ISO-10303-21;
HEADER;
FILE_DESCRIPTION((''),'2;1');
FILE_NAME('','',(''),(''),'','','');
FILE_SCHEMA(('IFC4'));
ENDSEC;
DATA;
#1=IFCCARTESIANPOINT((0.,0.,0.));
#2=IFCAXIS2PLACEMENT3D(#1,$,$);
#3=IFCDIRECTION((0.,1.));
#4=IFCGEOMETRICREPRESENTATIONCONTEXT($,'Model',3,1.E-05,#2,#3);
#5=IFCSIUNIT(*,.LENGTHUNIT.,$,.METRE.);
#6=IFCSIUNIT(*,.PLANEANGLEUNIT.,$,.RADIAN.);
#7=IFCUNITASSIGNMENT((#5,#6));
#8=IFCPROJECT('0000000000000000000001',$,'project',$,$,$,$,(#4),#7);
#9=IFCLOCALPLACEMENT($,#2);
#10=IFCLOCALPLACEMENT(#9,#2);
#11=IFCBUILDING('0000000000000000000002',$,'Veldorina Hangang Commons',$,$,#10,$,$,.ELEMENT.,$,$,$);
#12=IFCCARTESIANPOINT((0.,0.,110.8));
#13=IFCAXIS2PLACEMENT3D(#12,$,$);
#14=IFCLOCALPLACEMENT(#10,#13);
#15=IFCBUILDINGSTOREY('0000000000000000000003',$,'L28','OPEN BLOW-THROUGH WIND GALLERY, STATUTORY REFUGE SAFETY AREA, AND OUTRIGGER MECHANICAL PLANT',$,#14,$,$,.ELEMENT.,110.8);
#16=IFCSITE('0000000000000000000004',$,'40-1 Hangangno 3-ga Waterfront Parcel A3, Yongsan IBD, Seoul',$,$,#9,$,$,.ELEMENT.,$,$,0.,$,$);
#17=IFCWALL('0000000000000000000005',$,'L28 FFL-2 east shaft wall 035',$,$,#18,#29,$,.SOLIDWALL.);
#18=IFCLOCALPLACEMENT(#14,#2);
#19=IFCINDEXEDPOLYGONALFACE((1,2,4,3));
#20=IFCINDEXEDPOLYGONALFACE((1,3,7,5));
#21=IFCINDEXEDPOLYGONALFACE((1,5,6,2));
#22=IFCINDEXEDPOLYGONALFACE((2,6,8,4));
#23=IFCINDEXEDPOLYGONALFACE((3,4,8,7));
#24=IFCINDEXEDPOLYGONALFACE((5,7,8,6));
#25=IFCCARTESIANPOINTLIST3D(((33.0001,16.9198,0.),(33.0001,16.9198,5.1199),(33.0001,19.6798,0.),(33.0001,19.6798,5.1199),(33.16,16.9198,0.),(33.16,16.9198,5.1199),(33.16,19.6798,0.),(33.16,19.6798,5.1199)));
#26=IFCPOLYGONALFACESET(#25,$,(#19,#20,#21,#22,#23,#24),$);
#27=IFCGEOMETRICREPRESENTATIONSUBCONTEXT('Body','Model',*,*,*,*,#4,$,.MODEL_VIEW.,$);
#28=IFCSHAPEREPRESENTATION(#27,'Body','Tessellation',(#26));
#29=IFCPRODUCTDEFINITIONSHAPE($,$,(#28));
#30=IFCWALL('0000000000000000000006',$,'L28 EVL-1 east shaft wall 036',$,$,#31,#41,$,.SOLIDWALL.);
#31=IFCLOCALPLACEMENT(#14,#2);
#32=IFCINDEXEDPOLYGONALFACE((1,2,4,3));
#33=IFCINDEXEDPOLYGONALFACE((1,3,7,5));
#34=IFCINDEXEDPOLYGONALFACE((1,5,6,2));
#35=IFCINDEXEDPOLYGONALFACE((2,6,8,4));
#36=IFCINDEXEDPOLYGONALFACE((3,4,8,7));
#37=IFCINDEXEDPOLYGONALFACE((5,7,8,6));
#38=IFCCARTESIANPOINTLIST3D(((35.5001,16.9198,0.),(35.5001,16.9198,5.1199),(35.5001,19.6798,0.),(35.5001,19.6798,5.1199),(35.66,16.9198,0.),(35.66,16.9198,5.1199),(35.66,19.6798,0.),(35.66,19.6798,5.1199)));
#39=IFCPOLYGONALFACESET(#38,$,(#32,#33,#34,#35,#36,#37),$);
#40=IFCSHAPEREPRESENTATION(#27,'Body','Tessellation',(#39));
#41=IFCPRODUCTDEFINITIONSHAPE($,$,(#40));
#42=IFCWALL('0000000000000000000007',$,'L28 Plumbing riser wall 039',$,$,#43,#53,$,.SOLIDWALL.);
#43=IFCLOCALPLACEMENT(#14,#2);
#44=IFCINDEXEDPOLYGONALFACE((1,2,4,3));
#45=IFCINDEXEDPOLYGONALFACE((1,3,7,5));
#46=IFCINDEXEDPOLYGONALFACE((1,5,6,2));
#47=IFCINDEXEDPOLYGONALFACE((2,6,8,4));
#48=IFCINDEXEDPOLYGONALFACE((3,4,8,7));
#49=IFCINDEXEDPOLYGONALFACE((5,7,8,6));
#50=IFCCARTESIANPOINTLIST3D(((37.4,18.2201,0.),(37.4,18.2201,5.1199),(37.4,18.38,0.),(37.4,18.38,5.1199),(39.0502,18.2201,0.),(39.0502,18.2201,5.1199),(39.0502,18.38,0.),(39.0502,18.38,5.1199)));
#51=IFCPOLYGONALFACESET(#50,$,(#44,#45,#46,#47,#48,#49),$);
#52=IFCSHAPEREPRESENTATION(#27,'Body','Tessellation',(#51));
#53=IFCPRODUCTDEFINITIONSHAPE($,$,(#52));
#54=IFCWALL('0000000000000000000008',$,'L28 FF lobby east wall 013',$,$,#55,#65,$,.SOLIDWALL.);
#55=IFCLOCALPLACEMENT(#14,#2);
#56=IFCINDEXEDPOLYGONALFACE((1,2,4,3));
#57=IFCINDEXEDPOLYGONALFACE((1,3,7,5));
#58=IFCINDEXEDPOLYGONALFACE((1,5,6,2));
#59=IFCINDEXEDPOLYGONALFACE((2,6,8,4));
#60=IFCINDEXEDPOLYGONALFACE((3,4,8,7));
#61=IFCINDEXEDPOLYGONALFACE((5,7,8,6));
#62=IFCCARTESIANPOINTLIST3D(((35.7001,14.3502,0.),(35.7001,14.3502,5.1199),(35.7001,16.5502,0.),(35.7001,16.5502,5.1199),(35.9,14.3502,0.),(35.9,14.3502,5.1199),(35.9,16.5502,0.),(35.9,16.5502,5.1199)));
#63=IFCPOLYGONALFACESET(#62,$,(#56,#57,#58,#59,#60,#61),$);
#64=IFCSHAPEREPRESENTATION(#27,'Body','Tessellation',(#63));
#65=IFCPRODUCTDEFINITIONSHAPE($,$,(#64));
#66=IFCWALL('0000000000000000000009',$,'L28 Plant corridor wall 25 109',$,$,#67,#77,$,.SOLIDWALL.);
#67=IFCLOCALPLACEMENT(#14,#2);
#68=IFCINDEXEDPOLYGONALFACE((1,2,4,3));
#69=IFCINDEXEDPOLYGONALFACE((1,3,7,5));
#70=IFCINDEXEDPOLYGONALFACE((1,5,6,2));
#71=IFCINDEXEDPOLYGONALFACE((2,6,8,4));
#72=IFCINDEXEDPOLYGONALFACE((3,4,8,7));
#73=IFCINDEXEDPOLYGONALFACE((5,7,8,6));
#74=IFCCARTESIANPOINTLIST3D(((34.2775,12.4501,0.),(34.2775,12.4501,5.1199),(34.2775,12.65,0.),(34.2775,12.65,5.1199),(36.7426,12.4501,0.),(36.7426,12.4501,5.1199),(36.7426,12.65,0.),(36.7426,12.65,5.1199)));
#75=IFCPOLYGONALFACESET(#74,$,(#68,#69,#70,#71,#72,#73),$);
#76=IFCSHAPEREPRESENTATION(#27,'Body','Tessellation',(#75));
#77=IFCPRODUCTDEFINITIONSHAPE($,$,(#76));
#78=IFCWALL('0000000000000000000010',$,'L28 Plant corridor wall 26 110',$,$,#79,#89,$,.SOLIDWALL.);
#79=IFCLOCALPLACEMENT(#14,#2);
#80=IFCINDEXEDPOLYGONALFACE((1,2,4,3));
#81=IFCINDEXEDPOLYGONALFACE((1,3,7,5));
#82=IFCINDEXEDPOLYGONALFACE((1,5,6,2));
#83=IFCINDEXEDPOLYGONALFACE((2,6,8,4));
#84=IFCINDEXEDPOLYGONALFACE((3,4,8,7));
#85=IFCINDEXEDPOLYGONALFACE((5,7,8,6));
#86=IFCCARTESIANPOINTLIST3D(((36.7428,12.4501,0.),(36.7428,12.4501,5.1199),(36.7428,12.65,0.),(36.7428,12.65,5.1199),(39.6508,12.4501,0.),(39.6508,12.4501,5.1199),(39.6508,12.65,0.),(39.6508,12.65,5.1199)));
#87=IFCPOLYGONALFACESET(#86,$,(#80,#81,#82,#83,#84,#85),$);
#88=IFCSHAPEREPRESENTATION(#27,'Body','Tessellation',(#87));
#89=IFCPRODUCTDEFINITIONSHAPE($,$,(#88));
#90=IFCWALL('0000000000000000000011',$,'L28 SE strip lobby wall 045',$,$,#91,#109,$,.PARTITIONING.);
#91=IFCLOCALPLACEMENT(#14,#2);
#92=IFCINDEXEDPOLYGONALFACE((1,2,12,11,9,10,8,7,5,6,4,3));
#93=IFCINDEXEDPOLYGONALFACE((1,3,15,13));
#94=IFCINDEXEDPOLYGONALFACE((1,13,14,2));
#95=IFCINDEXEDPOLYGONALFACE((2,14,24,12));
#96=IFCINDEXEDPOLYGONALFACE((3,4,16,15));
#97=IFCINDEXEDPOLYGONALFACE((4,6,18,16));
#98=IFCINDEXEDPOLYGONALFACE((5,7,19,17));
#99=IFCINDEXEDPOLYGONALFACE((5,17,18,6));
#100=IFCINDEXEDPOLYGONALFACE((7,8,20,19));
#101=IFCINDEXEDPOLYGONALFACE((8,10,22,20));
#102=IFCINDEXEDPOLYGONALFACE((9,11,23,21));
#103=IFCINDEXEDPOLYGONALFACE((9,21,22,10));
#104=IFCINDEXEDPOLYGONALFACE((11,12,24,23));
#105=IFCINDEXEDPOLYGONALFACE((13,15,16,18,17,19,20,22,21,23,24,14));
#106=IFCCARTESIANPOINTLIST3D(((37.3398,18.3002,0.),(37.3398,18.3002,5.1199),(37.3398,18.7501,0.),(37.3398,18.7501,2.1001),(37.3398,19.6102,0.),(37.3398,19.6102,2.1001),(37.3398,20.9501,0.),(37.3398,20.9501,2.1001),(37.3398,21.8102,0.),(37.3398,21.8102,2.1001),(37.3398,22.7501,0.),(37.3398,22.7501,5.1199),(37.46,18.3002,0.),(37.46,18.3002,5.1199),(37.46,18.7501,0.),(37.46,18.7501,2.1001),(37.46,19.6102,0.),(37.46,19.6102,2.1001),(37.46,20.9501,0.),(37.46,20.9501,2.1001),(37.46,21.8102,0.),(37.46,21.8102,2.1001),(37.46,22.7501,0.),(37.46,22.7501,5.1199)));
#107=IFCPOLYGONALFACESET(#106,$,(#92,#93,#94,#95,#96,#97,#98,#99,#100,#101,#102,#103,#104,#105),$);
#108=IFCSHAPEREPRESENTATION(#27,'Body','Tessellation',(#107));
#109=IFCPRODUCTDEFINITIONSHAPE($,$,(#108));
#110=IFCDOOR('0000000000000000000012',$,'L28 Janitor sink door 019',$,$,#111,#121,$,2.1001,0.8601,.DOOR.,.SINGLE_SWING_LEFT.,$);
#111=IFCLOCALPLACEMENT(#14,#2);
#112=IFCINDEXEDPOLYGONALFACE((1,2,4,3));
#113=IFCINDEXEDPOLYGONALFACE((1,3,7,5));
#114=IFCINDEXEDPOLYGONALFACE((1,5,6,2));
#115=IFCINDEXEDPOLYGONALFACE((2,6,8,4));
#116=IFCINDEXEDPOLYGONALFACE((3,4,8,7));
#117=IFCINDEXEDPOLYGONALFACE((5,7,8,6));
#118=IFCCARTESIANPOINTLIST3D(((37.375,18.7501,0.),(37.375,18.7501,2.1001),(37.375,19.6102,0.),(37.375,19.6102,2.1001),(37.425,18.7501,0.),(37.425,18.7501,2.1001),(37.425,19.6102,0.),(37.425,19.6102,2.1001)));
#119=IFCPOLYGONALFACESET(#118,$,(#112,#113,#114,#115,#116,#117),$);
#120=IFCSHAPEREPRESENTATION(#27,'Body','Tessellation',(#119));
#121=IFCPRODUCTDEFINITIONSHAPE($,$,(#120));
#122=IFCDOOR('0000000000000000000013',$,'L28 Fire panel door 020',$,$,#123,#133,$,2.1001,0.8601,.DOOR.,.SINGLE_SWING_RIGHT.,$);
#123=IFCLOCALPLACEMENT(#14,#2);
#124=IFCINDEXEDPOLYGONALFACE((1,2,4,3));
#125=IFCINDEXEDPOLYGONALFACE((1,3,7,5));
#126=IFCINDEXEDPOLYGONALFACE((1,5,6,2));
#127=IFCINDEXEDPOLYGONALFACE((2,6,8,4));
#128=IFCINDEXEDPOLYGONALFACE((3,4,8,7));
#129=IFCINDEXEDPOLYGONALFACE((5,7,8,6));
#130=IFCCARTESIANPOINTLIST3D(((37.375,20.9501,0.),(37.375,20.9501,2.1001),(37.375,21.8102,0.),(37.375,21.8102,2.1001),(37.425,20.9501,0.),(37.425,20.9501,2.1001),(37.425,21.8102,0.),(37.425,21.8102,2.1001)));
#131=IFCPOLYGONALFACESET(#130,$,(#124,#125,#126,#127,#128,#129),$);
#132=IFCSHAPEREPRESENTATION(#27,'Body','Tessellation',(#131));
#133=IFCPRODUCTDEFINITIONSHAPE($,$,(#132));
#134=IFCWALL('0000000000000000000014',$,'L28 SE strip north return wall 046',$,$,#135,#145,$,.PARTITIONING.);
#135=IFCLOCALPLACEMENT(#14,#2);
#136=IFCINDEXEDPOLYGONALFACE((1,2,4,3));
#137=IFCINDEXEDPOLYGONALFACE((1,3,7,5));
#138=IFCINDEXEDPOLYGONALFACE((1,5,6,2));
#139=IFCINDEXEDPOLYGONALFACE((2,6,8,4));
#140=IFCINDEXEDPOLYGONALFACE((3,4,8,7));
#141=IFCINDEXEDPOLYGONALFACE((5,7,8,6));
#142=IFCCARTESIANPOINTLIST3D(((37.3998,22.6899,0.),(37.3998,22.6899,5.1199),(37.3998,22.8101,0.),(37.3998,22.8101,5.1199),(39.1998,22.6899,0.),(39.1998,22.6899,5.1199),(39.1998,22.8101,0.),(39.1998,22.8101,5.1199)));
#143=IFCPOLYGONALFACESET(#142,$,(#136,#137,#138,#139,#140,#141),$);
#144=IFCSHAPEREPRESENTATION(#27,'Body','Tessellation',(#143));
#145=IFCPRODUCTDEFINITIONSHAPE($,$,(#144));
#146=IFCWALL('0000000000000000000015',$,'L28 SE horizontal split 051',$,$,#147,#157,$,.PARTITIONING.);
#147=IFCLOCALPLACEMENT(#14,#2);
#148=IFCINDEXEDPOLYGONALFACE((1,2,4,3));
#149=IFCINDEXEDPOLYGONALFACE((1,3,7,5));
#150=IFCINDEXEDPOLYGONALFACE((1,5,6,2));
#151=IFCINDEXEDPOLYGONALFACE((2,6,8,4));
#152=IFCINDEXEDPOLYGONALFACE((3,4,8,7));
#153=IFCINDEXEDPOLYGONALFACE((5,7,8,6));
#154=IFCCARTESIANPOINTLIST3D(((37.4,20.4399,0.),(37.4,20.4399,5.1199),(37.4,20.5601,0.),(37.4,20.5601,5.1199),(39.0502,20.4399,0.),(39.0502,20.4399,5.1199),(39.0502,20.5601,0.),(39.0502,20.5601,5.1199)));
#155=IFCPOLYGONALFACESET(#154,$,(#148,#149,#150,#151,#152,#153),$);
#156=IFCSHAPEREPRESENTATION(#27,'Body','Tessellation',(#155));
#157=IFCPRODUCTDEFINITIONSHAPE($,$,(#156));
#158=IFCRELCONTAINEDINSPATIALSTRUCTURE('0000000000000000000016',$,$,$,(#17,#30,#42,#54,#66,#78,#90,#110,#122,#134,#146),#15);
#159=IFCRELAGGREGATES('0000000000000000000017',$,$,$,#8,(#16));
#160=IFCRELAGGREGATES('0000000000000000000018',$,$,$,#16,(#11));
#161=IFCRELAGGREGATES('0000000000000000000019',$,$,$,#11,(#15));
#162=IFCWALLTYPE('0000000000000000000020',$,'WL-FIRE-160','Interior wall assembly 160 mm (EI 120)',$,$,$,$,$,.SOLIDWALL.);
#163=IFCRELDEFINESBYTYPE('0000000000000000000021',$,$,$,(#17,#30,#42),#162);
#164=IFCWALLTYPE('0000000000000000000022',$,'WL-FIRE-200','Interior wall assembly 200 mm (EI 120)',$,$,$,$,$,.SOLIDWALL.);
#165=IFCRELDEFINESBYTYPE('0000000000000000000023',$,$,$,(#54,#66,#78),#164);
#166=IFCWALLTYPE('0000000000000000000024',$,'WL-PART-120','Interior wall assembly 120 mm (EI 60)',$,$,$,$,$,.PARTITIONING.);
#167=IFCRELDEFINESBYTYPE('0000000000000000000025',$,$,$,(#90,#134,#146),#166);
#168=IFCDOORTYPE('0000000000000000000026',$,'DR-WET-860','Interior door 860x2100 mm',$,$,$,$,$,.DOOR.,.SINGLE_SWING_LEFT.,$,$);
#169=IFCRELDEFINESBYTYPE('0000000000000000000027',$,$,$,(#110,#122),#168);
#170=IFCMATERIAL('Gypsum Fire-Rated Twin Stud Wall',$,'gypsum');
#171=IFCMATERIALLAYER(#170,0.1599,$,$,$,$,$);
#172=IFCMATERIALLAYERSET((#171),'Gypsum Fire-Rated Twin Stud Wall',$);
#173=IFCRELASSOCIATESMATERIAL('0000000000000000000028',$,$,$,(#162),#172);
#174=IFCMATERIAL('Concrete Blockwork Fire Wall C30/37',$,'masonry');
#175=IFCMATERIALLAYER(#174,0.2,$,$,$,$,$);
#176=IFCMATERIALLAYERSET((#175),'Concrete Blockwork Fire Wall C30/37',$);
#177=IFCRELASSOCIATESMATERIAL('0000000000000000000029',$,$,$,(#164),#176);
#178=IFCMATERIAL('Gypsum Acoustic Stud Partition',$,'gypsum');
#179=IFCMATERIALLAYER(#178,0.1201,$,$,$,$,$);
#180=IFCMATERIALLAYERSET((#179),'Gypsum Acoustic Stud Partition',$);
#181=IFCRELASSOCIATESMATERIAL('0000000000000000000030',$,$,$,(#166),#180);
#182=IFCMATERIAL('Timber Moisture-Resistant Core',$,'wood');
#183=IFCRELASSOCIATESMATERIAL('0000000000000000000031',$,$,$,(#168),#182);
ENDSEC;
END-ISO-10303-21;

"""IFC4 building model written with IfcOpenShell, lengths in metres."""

from ifc_helpers import new_model, si_unit, direction, frame, frame_2d, origin, place, context, subcontext, project, spatial, rectangle, extrude, material, layer, layer_set, type_object, element, fill, save


model = new_model("IFC4")

# Units and contexts
model_context = context("Model", 3, precision=1e-05, world=origin(), true_north=direction((0.0, 1.0)))
body_context = subcontext(model_context, "Body", "Model", "MODEL_VIEW")
ifc_project = project(units=[si_unit("LENGTHUNIT", "METRE"), si_unit("PLANEANGLEUNIT", "RADIAN")], contexts=[model_context])

# Site, building, storey
site_placement = place(None, origin())
site = spatial("IfcSite", under=ifc_project, at=site_placement, Name="40-1 Hangangno 3-ga Waterfront Parcel A3, Yongsan IBD, Seoul", CompositionType="ELEMENT", RefElevation=0.0)
building_placement = place(site_placement, origin())
building = spatial("IfcBuilding", under=site, at=building_placement, Name="Veldorina Hangang Commons", CompositionType="ELEMENT")
storey_placement = place(building_placement, frame((0.0, 0.0, 110.8)))
storey = spatial("IfcBuildingStorey", under=building, at=storey_placement, Name="L28", Description="OPEN BLOW-THROUGH WIND GALLERY, STATUTORY REFUGE SAFETY AREA, AND OUTRIGGER MECHANICAL PLANT", CompositionType="ELEMENT", Elevation=110.8)

# Walls
ifc_material_1 = material(Name="Gypsum Fire-Rated Twin Stud Wall", Category="gypsum")
ifc_layer_1 = layer(ifc_material_1, 0.1599)
ifc_layer_set_1 = layer_set([ifc_layer_1], Name="Gypsum Fire-Rated Twin Stud Wall")
wall_type_1 = type_object("IfcWallType", Name="WL-FIRE-160", Description="Interior wall assembly 160 mm (EI 120)", PredefinedType="SOLIDWALL", material=ifc_layer_set_1)
for number, where, z_axis, x_axis, name in (
    (1, (33.0801, 16.9199, 0.0), (0.0, 0.0, 1.0), (0.0, 1.0, 0.0), "L28 FFL-2 east shaft wall 035"),
    (2, (35.5801, 16.9199, 0.0), (0.0, 0.0, 1.0), (0.0, 1.0, 0.0), "L28 EVL-1 east shaft wall 036"),
):
    element("IfcWall", number, at=place(storey_placement, frame(where, z_axis=z_axis, x_axis=x_axis)), inside=storey, type_object=wall_type_1, Name=name, PredefinedType="SOLIDWALL", context=body_context, shape_type="SweptSolid", body=[
        extrude(rectangle(XDim=2.76, YDim=0.1599, at=frame_2d((1.3799, 0.0))), origin(), (0.0, 0.0, 1.0), 5.1199),
    ])
wall_1_placement = place(storey_placement, frame((37.3999, 18.3, 0.0), z_axis=(0.0, 0.0, 1.0), x_axis=(1.0, 0.0, 0.0)))
element("IfcWall", 3, at=wall_1_placement, inside=storey, type_object=wall_type_1, Name="L28 Plumbing riser wall 039", PredefinedType="SOLIDWALL", context=body_context, shape_type="SweptSolid", body=[
    extrude(rectangle(XDim=1.6501, YDim=0.1599, at=frame_2d((0.8252, 0.0))), origin(), (0.0, 0.0, 1.0), 5.1199),
])
ifc_material_2 = material(Name="Concrete Blockwork Fire Wall C30/37", Category="masonry")
ifc_layer_2 = layer(ifc_material_2, 0.2)
ifc_layer_set_2 = layer_set([ifc_layer_2], Name="Concrete Blockwork Fire Wall C30/37")
wall_type_2 = type_object("IfcWallType", Name="WL-FIRE-200", Description="Interior wall assembly 200 mm (EI 120)", PredefinedType="SOLIDWALL", material=ifc_layer_set_2)
wall_2_placement = place(storey_placement, frame((35.8, 14.3501, 0.0), z_axis=(0.0, 0.0, 1.0), x_axis=(0.0, 1.0, 0.0)))
element("IfcWall", 4, at=wall_2_placement, inside=storey, type_object=wall_type_2, Name="L28 FF lobby east wall 013", PredefinedType="SOLIDWALL", context=body_context, shape_type="SweptSolid", body=[
    extrude(rectangle(XDim=2.2, YDim=0.2, at=frame_2d((1.1001, 0.0))), origin(), (0.0, 0.0, 1.0), 5.1199),
])
wall_3_placement = place(storey_placement, frame((34.2776, 12.55, 0.0), z_axis=(0.0, 0.0, 1.0), x_axis=(1.0, 0.0, 0.0)))
element("IfcWall", 5, at=wall_3_placement, inside=storey, type_object=wall_type_2, Name="L28 Plant corridor wall 25 109", PredefinedType="SOLIDWALL", context=body_context, shape_type="SweptSolid", body=[
    extrude(rectangle(XDim=2.4651, YDim=0.2, at=frame_2d((1.2324, 0.0))), origin(), (0.0, 0.0, 1.0), 5.1199),
])
wall_4_placement = place(storey_placement, frame((36.7427, 12.55, 0.0), z_axis=(0.0, 0.0, 1.0), x_axis=(1.0, 0.0, 0.0)))
element("IfcWall", 6, at=wall_4_placement, inside=storey, type_object=wall_type_2, Name="L28 Plant corridor wall 26 110", PredefinedType="SOLIDWALL", context=body_context, shape_type="SweptSolid", body=[
    extrude(rectangle(XDim=2.908, YDim=0.2, at=frame_2d((1.4541, 0.0))), origin(), (0.0, 0.0, 1.0), 5.1199),
])

# Wall, openings, doors
ifc_material_3 = material(Name="Gypsum Acoustic Stud Partition", Category="gypsum")
ifc_layer_3 = layer(ifc_material_3, 0.1201)
ifc_layer_set_3 = layer_set([ifc_layer_3], Name="Gypsum Acoustic Stud Partition")
wall_type_3 = type_object("IfcWallType", Name="WL-PART-120", Description="Interior wall assembly 120 mm (EI 60)", PredefinedType="PARTITIONING", material=ifc_layer_set_3)
wall_5_placement = place(storey_placement, frame((37.3999, 18.3, 0.0), z_axis=(0.0, 0.0, 1.0), x_axis=(0.0, 1.0, 0.0)))
wall_5 = element("IfcWall", 7, at=wall_5_placement, inside=storey, type_object=wall_type_3, Name="L28 SE strip lobby wall 045", PredefinedType="PARTITIONING", context=body_context, shape_type="SweptSolid", body=[
    extrude(rectangle(XDim=4.45, YDim=0.1201, at=frame_2d((2.2251, 0.0))), origin(), (0.0, 0.0, 1.0), 5.1199),
])
opening_1_placement = place(wall_5_placement, frame((0.45, 0.0, 0.0)))
opening_1 = element("IfcOpeningElement", 8, at=opening_1_placement, cuts=wall_5, PredefinedType="OPENING", context=body_context, shape_type="SweptSolid", body=[
    extrude(rectangle(XDim=0.8601, YDim=2.1001, at=frame_2d((0.4302, 1.05))), frame((0.0, 0.0701, 0.0), z_axis=(0.0, -1.0, 0.0), x_axis=(1.0, 0.0, 0.0)), (0.0, 0.0, 1.0), 0.1401),
])
opening_2_placement = place(wall_5_placement, frame((2.6499, 0.0, 0.0)))
opening_2 = element("IfcOpeningElement", 9, at=opening_2_placement, cuts=wall_5, PredefinedType="OPENING", context=body_context, shape_type="SweptSolid", body=[
    extrude(rectangle(XDim=0.8601, YDim=2.1001, at=frame_2d((0.4302, 1.05))), frame((0.0, 0.0701, 0.0), z_axis=(0.0, -1.0, 0.0), x_axis=(1.0, 0.0, 0.0)), (0.0, 0.0, 1.0), 0.1401),
])
ifc_material_4 = material(Name="Timber Moisture-Resistant Core", Category="wood")
door_type_1 = type_object("IfcDoorType", Name="DR-WET-860", Description="Interior door 860x2100 mm", OperationType="SINGLE_SWING_LEFT", PredefinedType="DOOR", material=ifc_material_4)
door_1_placement = place(opening_1_placement, origin())
door_1 = element("IfcDoor", 10, at=door_1_placement, inside=storey, type_object=door_type_1, Name="L28 Janitor sink door 019", OperationType="SINGLE_SWING_LEFT", OverallHeight=2.1001, OverallWidth=0.8601, PredefinedType="DOOR", context=body_context, shape_type="SweptSolid", body=[
    extrude(rectangle(XDim=0.8601, YDim=2.1001, at=frame_2d((0.4302, 1.05))), frame((0.0, 0.0249, 0.0), z_axis=(0.0, -1.0, 0.0), x_axis=(1.0, 0.0, 0.0)), (0.0, 0.0, 1.0), 0.05),
])
fill(opening_1, door_1)
door_2_placement = place(opening_2_placement, origin())
door_2 = element("IfcDoor", 11, at=door_2_placement, inside=storey, type_object=door_type_1, Name="L28 Fire panel door 020", OperationType="SINGLE_SWING_RIGHT", OverallHeight=2.1001, OverallWidth=0.8601, PredefinedType="DOOR", context=body_context, shape_type="SweptSolid", body=[
    extrude(rectangle(XDim=0.8601, YDim=2.1001, at=frame_2d((0.4302, 1.05))), frame((0.0, 0.0249, 0.0), z_axis=(0.0, -1.0, 0.0), x_axis=(1.0, 0.0, 0.0)), (0.0, 0.0, 1.0), 0.05),
])
fill(opening_2, door_2)

# Walls
wall_6_placement = place(storey_placement, frame((37.3999, 22.75, 0.0), z_axis=(0.0, 0.0, 1.0), x_axis=(1.0, 0.0, 0.0)))
element("IfcWall", 12, at=wall_6_placement, inside=storey, type_object=wall_type_3, Name="L28 SE strip north return wall 046", PredefinedType="PARTITIONING", context=body_context, shape_type="SweptSolid", body=[
    extrude(rectangle(XDim=1.8, YDim=0.1201, at=frame_2d((0.8999, 0.0))), origin(), (0.0, 0.0, 1.0), 5.1199),
])
wall_7_placement = place(storey_placement, frame((37.3999, 20.5, 0.0), z_axis=(0.0, 0.0, 1.0), x_axis=(1.0, 0.0, 0.0)))
element("IfcWall", 13, at=wall_7_placement, inside=storey, type_object=wall_type_3, Name="L28 SE horizontal split 051", PredefinedType="PARTITIONING", context=body_context, shape_type="SweptSolid", body=[
    extrude(rectangle(XDim=1.6501, YDim=0.1201, at=frame_2d((0.8252, 0.0))), origin(), (0.0, 0.0, 1.0), 5.1199),
])

save(model, "model.ifc")
